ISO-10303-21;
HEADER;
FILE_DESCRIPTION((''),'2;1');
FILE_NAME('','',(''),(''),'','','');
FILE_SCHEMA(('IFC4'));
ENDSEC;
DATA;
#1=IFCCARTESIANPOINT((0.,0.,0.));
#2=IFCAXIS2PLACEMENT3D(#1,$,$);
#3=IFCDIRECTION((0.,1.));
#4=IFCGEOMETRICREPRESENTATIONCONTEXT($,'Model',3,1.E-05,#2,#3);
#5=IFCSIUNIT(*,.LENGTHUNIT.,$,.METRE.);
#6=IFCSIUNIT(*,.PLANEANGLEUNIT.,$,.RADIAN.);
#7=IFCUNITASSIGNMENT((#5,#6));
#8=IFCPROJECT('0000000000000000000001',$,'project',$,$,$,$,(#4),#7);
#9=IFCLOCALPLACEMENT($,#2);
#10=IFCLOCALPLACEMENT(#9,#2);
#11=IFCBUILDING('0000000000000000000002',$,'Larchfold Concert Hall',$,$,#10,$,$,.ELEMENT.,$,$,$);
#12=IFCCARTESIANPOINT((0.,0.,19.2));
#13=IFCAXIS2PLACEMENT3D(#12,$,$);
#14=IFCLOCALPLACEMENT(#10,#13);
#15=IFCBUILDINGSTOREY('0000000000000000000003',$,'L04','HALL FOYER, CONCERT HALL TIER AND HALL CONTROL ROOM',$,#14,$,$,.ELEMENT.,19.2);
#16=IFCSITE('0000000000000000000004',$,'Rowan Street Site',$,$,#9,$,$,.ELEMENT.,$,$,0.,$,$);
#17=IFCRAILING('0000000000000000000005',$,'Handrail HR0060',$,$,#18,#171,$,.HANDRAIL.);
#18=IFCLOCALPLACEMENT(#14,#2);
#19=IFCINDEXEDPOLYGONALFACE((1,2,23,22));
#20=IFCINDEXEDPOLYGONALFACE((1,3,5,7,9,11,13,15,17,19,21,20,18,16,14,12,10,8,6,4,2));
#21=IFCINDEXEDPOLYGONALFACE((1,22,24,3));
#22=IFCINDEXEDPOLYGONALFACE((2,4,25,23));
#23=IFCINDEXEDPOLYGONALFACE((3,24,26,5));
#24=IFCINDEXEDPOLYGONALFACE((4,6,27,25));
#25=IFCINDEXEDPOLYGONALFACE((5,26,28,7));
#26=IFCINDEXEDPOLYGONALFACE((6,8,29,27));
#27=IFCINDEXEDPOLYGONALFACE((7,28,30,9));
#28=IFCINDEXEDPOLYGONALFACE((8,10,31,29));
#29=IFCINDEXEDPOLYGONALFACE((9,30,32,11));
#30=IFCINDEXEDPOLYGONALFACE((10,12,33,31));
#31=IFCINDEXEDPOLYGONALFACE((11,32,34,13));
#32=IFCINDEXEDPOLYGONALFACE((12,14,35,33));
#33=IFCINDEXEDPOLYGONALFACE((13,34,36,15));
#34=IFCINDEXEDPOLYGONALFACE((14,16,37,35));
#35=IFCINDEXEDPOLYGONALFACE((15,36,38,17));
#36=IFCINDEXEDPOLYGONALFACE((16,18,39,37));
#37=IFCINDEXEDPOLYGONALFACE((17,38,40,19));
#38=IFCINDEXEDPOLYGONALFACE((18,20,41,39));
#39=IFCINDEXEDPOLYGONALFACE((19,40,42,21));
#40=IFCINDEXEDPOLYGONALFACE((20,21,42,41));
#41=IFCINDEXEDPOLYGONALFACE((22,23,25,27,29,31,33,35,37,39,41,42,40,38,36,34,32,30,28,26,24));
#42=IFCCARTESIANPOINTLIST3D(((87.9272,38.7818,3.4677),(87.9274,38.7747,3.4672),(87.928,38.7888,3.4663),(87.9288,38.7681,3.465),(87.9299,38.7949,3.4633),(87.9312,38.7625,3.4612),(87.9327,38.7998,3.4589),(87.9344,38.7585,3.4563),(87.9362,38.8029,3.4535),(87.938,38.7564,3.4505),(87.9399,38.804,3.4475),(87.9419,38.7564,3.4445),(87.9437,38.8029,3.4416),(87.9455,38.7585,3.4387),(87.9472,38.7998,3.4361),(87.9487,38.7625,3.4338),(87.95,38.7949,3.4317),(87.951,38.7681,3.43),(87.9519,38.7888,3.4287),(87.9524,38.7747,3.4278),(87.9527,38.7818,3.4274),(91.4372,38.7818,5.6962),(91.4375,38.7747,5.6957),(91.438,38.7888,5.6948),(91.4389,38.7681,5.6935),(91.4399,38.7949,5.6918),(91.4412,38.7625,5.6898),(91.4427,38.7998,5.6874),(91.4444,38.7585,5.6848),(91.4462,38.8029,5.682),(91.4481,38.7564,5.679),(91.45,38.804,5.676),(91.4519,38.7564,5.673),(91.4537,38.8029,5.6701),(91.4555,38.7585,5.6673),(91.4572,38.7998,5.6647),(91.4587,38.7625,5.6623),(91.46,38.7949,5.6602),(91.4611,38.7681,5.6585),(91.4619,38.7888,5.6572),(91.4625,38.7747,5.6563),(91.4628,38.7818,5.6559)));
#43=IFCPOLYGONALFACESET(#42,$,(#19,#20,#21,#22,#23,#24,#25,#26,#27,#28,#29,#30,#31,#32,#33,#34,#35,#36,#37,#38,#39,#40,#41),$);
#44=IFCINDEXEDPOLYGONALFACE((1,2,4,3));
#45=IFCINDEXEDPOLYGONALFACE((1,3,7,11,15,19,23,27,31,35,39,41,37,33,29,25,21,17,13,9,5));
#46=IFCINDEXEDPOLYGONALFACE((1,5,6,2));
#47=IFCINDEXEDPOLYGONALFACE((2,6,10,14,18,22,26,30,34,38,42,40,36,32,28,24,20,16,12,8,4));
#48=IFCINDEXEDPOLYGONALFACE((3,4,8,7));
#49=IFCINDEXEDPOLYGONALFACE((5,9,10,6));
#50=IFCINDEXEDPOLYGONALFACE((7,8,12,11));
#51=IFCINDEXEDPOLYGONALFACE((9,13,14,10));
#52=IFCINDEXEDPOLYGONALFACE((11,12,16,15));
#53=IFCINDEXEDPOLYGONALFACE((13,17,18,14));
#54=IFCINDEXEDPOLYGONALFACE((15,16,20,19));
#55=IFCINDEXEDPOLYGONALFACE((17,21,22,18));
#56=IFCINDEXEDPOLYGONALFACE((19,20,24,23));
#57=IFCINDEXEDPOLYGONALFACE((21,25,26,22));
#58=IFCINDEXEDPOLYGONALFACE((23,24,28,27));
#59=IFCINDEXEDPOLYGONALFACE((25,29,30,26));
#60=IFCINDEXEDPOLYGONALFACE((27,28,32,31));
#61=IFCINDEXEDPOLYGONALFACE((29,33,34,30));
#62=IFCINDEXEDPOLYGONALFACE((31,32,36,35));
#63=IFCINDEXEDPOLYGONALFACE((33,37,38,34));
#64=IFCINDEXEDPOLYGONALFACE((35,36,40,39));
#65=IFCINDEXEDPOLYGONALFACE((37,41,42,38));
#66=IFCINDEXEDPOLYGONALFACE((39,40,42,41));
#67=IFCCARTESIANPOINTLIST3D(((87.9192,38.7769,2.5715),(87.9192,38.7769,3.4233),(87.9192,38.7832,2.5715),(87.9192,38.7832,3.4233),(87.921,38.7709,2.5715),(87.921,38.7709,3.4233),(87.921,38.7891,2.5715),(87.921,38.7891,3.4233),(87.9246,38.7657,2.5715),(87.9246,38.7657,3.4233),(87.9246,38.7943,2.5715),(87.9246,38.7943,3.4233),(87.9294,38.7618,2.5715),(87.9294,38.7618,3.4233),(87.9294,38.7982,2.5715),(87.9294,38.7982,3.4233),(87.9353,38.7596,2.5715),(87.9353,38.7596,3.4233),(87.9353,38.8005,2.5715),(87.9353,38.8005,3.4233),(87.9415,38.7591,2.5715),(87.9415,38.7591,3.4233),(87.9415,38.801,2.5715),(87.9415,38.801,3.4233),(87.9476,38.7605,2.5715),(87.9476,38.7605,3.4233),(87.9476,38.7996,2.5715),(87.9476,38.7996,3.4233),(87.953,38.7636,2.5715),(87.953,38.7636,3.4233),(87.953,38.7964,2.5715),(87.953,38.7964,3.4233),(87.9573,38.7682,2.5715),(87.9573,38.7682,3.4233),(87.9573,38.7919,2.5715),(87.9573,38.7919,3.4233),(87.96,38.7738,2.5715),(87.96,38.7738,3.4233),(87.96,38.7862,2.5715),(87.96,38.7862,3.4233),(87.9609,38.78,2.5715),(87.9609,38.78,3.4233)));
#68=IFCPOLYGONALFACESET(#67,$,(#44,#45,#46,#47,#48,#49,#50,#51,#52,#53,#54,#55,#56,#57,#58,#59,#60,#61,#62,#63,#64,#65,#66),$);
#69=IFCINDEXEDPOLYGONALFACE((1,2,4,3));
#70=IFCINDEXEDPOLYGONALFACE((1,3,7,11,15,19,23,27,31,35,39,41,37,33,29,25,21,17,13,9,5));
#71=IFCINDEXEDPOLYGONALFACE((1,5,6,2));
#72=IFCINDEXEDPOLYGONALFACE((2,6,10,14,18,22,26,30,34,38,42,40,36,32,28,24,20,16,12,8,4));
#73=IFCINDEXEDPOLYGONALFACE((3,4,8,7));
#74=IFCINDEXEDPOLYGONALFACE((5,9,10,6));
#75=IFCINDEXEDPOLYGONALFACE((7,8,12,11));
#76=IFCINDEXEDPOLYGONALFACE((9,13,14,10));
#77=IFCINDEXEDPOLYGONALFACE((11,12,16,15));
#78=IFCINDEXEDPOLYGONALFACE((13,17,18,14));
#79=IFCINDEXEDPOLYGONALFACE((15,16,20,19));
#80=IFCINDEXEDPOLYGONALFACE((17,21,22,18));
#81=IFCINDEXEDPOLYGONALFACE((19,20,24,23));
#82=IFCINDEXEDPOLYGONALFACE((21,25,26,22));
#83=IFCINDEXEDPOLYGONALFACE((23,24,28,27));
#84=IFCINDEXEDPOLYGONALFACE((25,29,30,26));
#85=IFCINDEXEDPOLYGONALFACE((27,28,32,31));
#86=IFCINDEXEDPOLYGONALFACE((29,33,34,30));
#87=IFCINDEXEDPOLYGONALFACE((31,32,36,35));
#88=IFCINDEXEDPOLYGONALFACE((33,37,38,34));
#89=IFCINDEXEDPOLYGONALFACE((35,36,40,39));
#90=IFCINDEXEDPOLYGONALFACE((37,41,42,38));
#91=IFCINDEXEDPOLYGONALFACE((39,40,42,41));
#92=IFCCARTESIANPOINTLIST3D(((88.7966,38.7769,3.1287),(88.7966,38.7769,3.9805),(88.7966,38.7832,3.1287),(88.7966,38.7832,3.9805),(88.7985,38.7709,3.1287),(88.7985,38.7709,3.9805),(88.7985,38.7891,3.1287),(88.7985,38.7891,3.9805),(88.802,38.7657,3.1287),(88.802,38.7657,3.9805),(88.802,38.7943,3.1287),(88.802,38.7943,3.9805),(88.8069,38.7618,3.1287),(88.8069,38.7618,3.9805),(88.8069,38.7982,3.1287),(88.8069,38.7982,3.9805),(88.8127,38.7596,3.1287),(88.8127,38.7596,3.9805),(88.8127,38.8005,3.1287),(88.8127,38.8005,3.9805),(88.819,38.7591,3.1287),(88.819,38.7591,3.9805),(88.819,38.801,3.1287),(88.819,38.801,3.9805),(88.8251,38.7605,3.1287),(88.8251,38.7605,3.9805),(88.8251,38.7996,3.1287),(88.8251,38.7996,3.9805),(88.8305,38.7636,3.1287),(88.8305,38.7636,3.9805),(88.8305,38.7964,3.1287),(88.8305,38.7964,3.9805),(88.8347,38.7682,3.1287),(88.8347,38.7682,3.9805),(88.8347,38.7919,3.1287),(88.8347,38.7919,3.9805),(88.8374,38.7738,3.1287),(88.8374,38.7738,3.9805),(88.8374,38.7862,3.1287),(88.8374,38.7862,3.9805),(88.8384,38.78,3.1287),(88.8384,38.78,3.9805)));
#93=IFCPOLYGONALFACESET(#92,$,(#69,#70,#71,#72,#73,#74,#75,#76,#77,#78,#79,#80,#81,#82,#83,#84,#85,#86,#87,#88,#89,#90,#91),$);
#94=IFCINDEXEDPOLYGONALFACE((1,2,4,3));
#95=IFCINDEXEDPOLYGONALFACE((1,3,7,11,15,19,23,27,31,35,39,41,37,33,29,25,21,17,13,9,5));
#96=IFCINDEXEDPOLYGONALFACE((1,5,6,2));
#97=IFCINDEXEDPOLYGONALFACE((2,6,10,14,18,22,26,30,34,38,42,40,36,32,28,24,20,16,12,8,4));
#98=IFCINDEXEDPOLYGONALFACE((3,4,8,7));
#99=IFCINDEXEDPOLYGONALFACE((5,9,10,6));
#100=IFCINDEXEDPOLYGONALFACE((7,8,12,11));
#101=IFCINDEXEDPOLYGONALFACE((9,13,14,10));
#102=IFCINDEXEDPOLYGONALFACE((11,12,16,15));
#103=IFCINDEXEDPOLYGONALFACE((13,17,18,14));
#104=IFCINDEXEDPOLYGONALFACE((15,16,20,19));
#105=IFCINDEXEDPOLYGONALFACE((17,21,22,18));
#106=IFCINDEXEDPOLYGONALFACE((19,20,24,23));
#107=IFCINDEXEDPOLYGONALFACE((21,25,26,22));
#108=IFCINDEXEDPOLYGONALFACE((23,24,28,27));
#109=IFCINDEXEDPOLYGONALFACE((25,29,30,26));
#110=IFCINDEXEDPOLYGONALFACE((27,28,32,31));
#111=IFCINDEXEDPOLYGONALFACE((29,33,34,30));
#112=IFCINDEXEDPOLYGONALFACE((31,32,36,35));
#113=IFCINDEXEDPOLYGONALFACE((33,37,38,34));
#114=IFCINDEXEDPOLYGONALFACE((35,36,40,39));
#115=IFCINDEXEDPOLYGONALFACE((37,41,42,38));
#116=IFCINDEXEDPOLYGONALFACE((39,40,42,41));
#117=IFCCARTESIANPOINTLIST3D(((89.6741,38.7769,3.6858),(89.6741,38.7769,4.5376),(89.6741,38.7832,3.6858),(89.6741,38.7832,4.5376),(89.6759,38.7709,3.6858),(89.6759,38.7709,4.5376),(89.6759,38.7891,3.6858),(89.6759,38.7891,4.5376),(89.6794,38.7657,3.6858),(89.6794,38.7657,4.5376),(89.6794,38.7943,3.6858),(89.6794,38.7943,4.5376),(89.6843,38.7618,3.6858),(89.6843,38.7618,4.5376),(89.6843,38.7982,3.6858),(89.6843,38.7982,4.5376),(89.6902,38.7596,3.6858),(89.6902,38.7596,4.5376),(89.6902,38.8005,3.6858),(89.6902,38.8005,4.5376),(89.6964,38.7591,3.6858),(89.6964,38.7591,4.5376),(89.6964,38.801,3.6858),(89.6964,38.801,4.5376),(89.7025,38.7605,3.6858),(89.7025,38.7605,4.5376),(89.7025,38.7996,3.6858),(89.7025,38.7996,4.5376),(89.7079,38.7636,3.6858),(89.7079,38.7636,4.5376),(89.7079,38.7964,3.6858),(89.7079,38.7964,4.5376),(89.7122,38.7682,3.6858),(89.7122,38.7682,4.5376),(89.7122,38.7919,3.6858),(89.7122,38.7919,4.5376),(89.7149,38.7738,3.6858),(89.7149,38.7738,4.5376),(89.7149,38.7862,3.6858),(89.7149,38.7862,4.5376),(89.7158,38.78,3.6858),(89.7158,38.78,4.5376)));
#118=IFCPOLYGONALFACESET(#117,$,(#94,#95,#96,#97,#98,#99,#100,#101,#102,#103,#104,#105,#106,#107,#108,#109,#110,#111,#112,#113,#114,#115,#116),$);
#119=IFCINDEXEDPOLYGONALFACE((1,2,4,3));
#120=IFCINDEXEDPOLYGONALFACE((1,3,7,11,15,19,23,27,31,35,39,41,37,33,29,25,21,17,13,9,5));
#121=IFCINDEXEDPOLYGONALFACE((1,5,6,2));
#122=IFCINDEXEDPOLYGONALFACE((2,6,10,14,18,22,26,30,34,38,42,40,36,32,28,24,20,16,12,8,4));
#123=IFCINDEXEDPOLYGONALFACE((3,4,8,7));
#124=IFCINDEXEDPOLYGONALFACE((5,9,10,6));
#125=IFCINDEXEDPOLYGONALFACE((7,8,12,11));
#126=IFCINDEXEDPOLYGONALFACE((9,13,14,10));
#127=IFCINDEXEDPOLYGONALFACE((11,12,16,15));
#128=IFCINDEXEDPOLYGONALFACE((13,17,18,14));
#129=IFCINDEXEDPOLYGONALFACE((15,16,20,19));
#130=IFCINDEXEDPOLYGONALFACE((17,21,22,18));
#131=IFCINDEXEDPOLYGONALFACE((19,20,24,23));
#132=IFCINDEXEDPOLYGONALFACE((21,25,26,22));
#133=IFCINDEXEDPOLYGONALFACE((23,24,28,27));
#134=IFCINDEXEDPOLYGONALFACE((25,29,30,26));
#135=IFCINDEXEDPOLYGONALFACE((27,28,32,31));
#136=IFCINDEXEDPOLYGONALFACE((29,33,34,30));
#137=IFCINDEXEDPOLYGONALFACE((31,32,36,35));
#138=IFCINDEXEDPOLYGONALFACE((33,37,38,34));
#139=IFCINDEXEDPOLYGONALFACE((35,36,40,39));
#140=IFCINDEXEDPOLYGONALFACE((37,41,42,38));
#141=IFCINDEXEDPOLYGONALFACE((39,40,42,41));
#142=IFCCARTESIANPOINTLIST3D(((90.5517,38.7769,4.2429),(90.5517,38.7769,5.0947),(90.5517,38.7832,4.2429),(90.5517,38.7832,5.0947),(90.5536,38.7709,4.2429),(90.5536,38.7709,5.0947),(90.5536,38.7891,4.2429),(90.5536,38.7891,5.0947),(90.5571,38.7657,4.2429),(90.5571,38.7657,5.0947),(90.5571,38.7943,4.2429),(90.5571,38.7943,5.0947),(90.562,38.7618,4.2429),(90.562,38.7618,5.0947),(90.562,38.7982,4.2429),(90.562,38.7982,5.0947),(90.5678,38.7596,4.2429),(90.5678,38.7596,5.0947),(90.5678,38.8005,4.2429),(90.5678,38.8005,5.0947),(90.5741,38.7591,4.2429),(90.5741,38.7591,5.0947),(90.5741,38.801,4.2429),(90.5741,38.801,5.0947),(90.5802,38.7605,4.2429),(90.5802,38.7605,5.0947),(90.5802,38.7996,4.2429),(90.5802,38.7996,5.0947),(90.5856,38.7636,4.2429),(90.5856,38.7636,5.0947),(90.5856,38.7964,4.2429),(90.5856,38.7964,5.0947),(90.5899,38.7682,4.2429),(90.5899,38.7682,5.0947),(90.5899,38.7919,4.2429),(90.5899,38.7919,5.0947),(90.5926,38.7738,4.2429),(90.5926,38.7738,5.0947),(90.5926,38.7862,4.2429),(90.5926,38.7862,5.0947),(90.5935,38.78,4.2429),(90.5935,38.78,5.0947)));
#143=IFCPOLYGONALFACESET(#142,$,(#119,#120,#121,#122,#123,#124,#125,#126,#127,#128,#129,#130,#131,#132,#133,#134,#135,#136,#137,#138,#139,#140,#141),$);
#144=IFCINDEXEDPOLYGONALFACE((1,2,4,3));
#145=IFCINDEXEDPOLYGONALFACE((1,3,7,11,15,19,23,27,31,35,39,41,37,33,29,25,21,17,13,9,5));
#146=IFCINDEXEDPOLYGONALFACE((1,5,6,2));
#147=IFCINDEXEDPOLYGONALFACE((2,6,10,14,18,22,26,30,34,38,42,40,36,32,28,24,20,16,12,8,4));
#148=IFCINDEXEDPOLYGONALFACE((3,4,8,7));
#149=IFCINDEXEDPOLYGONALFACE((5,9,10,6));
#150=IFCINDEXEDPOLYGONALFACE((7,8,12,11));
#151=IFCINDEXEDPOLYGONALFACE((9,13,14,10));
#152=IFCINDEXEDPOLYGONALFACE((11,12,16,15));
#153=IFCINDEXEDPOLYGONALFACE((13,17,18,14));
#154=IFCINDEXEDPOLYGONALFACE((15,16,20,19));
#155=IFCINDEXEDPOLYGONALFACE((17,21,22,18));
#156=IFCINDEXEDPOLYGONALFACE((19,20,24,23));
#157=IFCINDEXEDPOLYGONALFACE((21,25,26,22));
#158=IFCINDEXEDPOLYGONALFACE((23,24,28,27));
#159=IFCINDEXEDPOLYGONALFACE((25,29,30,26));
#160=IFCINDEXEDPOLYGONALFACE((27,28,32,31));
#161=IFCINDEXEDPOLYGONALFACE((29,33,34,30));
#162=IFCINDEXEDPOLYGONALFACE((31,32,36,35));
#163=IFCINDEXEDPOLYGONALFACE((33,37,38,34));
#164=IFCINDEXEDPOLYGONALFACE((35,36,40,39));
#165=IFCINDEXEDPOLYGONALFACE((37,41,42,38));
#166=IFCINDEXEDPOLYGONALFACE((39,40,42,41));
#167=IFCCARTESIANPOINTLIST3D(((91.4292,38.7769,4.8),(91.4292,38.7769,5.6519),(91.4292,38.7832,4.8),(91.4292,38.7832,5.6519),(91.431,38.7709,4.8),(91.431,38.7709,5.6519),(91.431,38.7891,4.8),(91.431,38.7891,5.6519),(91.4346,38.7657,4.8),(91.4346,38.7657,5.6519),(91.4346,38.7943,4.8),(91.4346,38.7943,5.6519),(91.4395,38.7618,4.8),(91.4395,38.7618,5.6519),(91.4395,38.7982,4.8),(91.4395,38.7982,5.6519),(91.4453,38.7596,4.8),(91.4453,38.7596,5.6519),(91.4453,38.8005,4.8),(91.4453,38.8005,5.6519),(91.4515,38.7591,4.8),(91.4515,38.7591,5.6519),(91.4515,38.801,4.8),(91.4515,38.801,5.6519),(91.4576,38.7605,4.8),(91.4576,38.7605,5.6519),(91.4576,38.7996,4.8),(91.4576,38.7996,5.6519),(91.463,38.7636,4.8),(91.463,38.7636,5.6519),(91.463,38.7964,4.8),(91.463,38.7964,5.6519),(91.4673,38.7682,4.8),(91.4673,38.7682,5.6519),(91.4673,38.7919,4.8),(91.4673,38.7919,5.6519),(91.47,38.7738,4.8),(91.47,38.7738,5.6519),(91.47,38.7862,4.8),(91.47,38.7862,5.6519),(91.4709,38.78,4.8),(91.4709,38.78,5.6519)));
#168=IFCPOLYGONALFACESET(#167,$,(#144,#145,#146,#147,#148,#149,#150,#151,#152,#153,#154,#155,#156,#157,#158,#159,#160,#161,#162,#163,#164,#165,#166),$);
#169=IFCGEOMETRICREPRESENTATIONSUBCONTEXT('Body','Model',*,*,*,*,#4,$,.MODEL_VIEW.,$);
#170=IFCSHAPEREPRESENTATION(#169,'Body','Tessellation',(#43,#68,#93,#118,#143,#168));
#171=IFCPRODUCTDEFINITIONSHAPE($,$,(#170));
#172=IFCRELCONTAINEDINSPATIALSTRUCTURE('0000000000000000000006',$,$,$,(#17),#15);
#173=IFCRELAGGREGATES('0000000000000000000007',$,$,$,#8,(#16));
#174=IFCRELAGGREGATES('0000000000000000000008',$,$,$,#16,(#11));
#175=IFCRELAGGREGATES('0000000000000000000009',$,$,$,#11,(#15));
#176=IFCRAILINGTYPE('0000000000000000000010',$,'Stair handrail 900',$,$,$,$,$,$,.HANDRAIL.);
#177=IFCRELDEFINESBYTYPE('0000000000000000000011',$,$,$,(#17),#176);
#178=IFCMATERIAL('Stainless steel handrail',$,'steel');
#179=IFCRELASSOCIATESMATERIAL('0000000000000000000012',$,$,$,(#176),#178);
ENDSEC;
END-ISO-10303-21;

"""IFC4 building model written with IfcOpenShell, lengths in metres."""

from ifc_helpers import new_model, si_unit, direction, frame, origin, origin_2d, place, context, subcontext, project, spatial, circle, extrude, material, type_object, element, save


model = new_model("IFC4")

# Units and contexts
model_context = context("Model", 3, precision=1e-05, world=origin(), true_north=direction((0.0, 1.0)))
body_context = subcontext(model_context, "Body", "Model", "MODEL_VIEW")
ifc_project = project(units=[si_unit("LENGTHUNIT", "METRE"), si_unit("PLANEANGLEUNIT", "RADIAN")], contexts=[model_context])

# Site, building, storey
site_placement = place(None, origin())
site = spatial("IfcSite", under=ifc_project, at=site_placement, Name="Rowan Street Site", CompositionType="ELEMENT", RefElevation=0.0)
building_placement = place(site_placement, origin())
building = spatial("IfcBuilding", under=site, at=building_placement, Name="Larchfold Concert Hall", CompositionType="ELEMENT")
storey_placement = place(building_placement, frame((0.0, 0.0, 19.2)))
storey = spatial("IfcBuildingStorey", under=building, at=storey_placement, Name="L04", Description="HALL FOYER, CONCERT HALL TIER AND HALL CONTROL ROOM", CompositionType="ELEMENT", Elevation=19.2)

# Railing
ifc_material_1 = material(Name="Stainless steel handrail", Category="steel")
railing_type_1 = type_object("IfcRailingType", Name="Stair handrail 900", PredefinedType="HANDRAIL", material=ifc_material_1)
railing_1_placement = place(storey_placement, frame((87.9399, 38.78, 2.5715)))
element("IfcRailing", 1, at=railing_1_placement, inside=storey, type_object=railing_type_1, Name="Handrail HR0060", PredefinedType="HANDRAIL", context=body_context, shape_type="SweptSolid", body=[
    extrude(circle(Radius=0.0239, at=origin_2d()), frame((0.0, 0.0, 0.876), z_axis=(0.84422, 0.0, 0.535998), x_axis=(0.0, 1.0, 0.0)), (0.0, 0.0, 1.0), 4.1577),
    extrude(circle(Radius=0.021, at=origin_2d()), origin(), (0.0, 0.0, 1.0), 0.8518),
    extrude(circle(Radius=0.021, at=origin_2d()), frame((0.8774, 0.0, 0.5571)), (0.0, 0.0, 1.0), 0.8518),
    extrude(circle(Radius=0.021, at=origin_2d()), frame((1.7549, 0.0, 1.1143)), (0.0, 0.0, 1.0), 0.8518),
    extrude(circle(Radius=0.021, at=origin_2d()), frame((2.6326, 0.0, 1.6714)), (0.0, 0.0, 1.0), 0.8518),
    extrude(circle(Radius=0.021, at=origin_2d()), frame((3.51, 0.0, 2.2285)), (0.0, 0.0, 1.0), 0.8518),
])

save(model, "model.ifc")
